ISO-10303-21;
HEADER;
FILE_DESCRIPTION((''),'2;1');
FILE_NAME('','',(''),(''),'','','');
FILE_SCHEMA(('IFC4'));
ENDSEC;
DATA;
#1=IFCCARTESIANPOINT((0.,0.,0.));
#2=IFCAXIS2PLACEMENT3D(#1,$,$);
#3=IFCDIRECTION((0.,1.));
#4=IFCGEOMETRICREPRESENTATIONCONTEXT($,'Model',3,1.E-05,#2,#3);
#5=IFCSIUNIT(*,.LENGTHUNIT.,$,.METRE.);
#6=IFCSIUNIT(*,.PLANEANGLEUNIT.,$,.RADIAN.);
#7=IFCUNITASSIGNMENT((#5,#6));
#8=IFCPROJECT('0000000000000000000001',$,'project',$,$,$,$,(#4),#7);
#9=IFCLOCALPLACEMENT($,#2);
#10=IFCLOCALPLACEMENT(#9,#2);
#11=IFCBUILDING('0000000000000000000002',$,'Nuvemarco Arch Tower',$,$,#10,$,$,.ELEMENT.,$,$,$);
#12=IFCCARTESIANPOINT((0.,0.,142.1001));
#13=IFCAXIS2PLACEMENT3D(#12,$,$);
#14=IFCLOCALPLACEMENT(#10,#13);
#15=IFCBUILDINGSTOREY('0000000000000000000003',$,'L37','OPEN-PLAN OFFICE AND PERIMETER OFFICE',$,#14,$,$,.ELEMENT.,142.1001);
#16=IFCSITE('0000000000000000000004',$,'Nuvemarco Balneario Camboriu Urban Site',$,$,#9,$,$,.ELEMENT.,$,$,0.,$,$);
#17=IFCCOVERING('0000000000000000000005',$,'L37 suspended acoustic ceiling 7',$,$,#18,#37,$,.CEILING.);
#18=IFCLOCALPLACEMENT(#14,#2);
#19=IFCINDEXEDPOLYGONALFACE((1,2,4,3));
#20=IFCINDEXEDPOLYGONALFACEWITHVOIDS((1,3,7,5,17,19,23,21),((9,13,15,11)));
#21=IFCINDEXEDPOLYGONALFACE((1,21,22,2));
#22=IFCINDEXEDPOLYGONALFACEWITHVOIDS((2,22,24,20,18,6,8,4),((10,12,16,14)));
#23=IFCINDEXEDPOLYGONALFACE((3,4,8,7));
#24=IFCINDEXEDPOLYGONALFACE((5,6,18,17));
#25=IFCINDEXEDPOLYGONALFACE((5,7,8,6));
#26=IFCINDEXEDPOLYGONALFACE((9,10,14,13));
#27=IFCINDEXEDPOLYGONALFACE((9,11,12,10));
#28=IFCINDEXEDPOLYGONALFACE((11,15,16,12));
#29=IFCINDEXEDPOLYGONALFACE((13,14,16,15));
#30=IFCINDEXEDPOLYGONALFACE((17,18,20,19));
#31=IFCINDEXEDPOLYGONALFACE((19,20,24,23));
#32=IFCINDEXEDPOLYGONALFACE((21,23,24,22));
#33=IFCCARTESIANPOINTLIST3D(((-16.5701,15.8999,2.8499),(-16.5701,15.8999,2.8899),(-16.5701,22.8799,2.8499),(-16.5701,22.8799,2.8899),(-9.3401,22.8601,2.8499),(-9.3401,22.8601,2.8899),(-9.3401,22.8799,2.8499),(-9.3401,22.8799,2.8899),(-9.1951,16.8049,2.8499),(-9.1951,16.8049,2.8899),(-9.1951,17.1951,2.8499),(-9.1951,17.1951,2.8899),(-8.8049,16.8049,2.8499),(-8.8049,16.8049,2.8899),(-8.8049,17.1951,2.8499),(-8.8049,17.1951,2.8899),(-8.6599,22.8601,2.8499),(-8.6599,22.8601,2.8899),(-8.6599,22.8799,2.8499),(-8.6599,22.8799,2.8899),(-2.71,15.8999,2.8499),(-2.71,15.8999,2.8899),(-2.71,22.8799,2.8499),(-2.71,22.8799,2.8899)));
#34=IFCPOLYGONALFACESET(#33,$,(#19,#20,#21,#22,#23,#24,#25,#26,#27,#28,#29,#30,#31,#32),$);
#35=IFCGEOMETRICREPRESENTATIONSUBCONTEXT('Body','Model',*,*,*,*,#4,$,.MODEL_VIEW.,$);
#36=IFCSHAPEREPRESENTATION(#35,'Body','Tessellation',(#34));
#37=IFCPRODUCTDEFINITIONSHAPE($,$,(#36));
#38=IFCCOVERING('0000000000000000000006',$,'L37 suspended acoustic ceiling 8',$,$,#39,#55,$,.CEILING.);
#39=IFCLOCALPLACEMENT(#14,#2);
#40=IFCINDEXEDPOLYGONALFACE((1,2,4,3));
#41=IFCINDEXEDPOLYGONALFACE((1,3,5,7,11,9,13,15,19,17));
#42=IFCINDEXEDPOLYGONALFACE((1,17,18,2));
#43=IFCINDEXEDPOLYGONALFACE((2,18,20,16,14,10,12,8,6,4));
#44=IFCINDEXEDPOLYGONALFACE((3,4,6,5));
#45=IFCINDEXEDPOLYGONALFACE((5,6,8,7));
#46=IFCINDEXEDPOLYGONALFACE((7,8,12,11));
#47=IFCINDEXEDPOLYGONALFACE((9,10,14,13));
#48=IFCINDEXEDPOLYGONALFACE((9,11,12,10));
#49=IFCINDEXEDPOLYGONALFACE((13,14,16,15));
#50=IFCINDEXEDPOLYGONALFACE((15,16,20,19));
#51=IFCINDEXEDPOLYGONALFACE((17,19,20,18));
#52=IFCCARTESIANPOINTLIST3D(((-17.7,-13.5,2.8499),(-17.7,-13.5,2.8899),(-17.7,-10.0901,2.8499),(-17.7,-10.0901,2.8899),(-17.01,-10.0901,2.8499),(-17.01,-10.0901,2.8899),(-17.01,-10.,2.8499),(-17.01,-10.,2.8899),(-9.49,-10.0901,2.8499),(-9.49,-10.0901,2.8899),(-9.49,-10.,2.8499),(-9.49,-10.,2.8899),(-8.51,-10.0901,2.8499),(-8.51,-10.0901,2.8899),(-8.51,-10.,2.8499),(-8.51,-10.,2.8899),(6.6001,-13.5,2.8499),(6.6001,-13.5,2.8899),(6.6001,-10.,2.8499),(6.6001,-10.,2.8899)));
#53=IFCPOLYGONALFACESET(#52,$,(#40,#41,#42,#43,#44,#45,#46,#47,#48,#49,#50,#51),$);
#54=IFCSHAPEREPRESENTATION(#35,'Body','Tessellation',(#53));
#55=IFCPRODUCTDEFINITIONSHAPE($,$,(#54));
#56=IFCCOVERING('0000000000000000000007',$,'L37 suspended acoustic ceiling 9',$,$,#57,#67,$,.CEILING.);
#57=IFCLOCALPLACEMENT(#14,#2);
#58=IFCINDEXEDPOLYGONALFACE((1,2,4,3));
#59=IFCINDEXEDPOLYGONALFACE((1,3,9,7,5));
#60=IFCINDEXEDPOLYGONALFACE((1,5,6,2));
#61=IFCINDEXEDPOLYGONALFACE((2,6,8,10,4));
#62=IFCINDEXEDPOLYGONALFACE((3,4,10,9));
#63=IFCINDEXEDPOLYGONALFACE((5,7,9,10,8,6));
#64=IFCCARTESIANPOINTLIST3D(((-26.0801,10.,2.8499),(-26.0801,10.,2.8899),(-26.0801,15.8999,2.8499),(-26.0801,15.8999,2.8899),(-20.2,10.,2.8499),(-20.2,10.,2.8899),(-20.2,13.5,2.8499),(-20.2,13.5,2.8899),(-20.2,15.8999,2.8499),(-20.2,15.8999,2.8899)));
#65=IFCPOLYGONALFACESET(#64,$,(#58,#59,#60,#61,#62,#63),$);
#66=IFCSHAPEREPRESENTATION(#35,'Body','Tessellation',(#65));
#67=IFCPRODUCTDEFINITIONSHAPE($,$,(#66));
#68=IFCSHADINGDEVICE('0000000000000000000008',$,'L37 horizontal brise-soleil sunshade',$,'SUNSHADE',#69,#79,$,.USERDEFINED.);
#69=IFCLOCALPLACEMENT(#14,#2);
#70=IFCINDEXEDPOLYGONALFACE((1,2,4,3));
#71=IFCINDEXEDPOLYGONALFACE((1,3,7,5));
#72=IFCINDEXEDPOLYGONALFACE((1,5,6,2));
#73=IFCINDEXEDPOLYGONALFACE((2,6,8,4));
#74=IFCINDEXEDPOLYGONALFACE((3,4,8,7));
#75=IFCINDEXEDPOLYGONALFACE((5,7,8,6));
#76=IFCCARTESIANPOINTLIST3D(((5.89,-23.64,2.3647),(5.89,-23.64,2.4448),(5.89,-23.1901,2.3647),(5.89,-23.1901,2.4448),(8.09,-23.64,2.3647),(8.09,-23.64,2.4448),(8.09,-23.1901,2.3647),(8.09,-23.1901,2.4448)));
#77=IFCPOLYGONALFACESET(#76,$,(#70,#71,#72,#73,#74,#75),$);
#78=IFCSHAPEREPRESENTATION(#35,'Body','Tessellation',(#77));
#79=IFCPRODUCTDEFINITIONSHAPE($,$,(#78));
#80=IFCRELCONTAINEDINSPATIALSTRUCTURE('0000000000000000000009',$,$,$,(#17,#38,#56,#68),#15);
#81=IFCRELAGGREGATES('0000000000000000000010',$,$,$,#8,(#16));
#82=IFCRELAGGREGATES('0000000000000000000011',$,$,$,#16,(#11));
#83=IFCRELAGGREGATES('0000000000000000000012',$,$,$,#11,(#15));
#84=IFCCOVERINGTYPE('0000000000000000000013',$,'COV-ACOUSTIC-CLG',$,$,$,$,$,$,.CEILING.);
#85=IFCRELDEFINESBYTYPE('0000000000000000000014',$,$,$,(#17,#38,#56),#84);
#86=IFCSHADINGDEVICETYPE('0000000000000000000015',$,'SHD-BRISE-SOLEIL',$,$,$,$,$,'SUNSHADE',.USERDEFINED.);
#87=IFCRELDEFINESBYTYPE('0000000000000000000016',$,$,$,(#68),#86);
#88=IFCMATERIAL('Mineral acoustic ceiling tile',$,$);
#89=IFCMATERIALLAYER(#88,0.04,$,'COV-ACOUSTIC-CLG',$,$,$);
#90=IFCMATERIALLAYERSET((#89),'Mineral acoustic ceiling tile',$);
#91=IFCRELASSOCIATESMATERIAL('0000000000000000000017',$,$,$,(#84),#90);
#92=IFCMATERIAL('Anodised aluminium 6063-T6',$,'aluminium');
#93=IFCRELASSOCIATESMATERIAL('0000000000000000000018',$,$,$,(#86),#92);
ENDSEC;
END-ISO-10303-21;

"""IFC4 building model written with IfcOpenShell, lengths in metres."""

from ifc_helpers import new_model, si_unit, direction, frame, origin, origin_2d, place, context, subcontext, project, spatial, polyline, rectangle, outline, extrude, source, transform, mapped, material, layer, layer_set, type_object, type_shapes, element, save


model = new_model("IFC4")

# Units and contexts
model_context = context("Model", 3, precision=1e-05, world=origin(), true_north=direction((0.0, 1.0)))
body_context = subcontext(model_context, "Body", "Model", "MODEL_VIEW")
ifc_project = project(units=[si_unit("LENGTHUNIT", "METRE"), si_unit("PLANEANGLEUNIT", "RADIAN")], contexts=[model_context])

# Site, building, storey
site_placement = place(None, origin())
site = spatial("IfcSite", under=ifc_project, at=site_placement, Name="Nuvemarco Balneario Camboriu Urban Site", CompositionType="ELEMENT", RefElevation=0.0)
building_placement = place(site_placement, origin())
building = spatial("IfcBuilding", under=site, at=building_placement, Name="Nuvemarco Arch Tower", CompositionType="ELEMENT")
storey_placement = place(building_placement, frame((0.0, 0.0, 142.1001)))
storey = spatial("IfcBuildingStorey", under=building, at=storey_placement, Name="L37", Description="OPEN-PLAN OFFICE AND PERIMETER OFFICE", CompositionType="ELEMENT", Elevation=142.1001)

# Coverings
ifc_material_1 = material(Name="Mineral acoustic ceiling tile")
ifc_layer_1 = layer(ifc_material_1, 0.04, Name="COV-ACOUSTIC-CLG")
ifc_layer_set_1 = layer_set([ifc_layer_1], Name="Mineral acoustic ceiling tile")
covering_type = type_object("IfcCoveringType", Name="COV-ACOUSTIC-CLG", PredefinedType="CEILING", material=ifc_layer_set_1)
covering_1_placement = place(storey_placement, frame((0.0, 0.0, 2.8499)))
element("IfcCovering", 1, at=covering_1_placement, inside=storey, type_object=covering_type, Name="L37 suspended acoustic ceiling 7", PredefinedType="CEILING", context=body_context, shape_type="SweptSolid", body=[
    extrude(outline(polyline([(-2.71, 15.8999), (-16.5701, 15.8999), (-16.5701, 22.8799), (-9.3401, 22.8799), (-9.3401, 22.8601), (-8.6599, 22.8601), (-8.6599, 22.8799), (-2.71, 22.8799), (-2.71, 15.8999)]), holes=[polyline([(-8.8049, 16.8049), (-8.8049, 17.1951), (-9.1951, 17.1951), (-9.1951, 16.8049), (-8.8049, 16.8049)])]), origin(), (0.0, 0.0, 1.0), 0.04),
])
covering_2_placement = place(storey_placement, frame((0.0, 0.0, 2.8499)))
element("IfcCovering", 2, at=covering_2_placement, inside=storey, type_object=covering_type, Name="L37 suspended acoustic ceiling 8", PredefinedType="CEILING", context=body_context, shape_type="SweptSolid", body=[
    extrude(outline(polyline([(-9.49, -10.0901), (-8.51, -10.0901), (-8.51, -10.0), (6.6001, -10.0), (6.6001, -13.5), (-17.7, -13.5), (-17.7, -10.0901), (-17.01, -10.0901), (-17.01, -10.0), (-9.49, -10.0), (-9.49, -10.0901)])), origin(), (0.0, 0.0, 1.0), 0.04),
])
covering_3_placement = place(storey_placement, frame((0.0, 0.0, 2.8499)))
element("IfcCovering", 3, at=covering_3_placement, inside=storey, type_object=covering_type, Name="L37 suspended acoustic ceiling 9", PredefinedType="CEILING", context=body_context, shape_type="SweptSolid", body=[
    extrude(outline(polyline([(-20.2, 15.8999), (-20.2, 13.5), (-20.2, 10.0), (-26.0801, 10.0), (-26.0801, 15.8999), (-20.2, 15.8999)])), origin(), (0.0, 0.0, 1.0), 0.04),
])

# Shading device
ifc_material_2 = material(Name="Anodised aluminium 6063-T6", Category="aluminium")
shading_device_type = type_object("IfcShadingDeviceType", Name="SHD-BRISE-SOLEIL", ElementType="SUNSHADE", PredefinedType="USERDEFINED", material=ifc_material_2)
shared_shape_1 = source(origin(), body_context, "Body", "SweptSolid", [
    extrude(rectangle(XDim=2.2, YDim=0.45, at=origin_2d()), origin(), (0.0, 0.0, 1.0), 0.0801),
])
type_shapes(shading_device_type, [shared_shape_1])
shading_device_placement = place(storey_placement, frame((6.99, -23.415, 2.3647), z_axis=(0.0, 0.0, 1.0), x_axis=(1.0, 0.0, 0.0)))
element("IfcShadingDevice", 4, at=shading_device_placement, inside=storey, type_object=shading_device_type, Name="L37 horizontal brise-soleil sunshade", ObjectType="SUNSHADE", PredefinedType="USERDEFINED", context=body_context, shape_type="MappedRepresentation", body=[
    mapped(shared_shape_1, transform((0.0, 0.0, 0.0), scale=1.0)),
])

save(model, "model.ifc")
